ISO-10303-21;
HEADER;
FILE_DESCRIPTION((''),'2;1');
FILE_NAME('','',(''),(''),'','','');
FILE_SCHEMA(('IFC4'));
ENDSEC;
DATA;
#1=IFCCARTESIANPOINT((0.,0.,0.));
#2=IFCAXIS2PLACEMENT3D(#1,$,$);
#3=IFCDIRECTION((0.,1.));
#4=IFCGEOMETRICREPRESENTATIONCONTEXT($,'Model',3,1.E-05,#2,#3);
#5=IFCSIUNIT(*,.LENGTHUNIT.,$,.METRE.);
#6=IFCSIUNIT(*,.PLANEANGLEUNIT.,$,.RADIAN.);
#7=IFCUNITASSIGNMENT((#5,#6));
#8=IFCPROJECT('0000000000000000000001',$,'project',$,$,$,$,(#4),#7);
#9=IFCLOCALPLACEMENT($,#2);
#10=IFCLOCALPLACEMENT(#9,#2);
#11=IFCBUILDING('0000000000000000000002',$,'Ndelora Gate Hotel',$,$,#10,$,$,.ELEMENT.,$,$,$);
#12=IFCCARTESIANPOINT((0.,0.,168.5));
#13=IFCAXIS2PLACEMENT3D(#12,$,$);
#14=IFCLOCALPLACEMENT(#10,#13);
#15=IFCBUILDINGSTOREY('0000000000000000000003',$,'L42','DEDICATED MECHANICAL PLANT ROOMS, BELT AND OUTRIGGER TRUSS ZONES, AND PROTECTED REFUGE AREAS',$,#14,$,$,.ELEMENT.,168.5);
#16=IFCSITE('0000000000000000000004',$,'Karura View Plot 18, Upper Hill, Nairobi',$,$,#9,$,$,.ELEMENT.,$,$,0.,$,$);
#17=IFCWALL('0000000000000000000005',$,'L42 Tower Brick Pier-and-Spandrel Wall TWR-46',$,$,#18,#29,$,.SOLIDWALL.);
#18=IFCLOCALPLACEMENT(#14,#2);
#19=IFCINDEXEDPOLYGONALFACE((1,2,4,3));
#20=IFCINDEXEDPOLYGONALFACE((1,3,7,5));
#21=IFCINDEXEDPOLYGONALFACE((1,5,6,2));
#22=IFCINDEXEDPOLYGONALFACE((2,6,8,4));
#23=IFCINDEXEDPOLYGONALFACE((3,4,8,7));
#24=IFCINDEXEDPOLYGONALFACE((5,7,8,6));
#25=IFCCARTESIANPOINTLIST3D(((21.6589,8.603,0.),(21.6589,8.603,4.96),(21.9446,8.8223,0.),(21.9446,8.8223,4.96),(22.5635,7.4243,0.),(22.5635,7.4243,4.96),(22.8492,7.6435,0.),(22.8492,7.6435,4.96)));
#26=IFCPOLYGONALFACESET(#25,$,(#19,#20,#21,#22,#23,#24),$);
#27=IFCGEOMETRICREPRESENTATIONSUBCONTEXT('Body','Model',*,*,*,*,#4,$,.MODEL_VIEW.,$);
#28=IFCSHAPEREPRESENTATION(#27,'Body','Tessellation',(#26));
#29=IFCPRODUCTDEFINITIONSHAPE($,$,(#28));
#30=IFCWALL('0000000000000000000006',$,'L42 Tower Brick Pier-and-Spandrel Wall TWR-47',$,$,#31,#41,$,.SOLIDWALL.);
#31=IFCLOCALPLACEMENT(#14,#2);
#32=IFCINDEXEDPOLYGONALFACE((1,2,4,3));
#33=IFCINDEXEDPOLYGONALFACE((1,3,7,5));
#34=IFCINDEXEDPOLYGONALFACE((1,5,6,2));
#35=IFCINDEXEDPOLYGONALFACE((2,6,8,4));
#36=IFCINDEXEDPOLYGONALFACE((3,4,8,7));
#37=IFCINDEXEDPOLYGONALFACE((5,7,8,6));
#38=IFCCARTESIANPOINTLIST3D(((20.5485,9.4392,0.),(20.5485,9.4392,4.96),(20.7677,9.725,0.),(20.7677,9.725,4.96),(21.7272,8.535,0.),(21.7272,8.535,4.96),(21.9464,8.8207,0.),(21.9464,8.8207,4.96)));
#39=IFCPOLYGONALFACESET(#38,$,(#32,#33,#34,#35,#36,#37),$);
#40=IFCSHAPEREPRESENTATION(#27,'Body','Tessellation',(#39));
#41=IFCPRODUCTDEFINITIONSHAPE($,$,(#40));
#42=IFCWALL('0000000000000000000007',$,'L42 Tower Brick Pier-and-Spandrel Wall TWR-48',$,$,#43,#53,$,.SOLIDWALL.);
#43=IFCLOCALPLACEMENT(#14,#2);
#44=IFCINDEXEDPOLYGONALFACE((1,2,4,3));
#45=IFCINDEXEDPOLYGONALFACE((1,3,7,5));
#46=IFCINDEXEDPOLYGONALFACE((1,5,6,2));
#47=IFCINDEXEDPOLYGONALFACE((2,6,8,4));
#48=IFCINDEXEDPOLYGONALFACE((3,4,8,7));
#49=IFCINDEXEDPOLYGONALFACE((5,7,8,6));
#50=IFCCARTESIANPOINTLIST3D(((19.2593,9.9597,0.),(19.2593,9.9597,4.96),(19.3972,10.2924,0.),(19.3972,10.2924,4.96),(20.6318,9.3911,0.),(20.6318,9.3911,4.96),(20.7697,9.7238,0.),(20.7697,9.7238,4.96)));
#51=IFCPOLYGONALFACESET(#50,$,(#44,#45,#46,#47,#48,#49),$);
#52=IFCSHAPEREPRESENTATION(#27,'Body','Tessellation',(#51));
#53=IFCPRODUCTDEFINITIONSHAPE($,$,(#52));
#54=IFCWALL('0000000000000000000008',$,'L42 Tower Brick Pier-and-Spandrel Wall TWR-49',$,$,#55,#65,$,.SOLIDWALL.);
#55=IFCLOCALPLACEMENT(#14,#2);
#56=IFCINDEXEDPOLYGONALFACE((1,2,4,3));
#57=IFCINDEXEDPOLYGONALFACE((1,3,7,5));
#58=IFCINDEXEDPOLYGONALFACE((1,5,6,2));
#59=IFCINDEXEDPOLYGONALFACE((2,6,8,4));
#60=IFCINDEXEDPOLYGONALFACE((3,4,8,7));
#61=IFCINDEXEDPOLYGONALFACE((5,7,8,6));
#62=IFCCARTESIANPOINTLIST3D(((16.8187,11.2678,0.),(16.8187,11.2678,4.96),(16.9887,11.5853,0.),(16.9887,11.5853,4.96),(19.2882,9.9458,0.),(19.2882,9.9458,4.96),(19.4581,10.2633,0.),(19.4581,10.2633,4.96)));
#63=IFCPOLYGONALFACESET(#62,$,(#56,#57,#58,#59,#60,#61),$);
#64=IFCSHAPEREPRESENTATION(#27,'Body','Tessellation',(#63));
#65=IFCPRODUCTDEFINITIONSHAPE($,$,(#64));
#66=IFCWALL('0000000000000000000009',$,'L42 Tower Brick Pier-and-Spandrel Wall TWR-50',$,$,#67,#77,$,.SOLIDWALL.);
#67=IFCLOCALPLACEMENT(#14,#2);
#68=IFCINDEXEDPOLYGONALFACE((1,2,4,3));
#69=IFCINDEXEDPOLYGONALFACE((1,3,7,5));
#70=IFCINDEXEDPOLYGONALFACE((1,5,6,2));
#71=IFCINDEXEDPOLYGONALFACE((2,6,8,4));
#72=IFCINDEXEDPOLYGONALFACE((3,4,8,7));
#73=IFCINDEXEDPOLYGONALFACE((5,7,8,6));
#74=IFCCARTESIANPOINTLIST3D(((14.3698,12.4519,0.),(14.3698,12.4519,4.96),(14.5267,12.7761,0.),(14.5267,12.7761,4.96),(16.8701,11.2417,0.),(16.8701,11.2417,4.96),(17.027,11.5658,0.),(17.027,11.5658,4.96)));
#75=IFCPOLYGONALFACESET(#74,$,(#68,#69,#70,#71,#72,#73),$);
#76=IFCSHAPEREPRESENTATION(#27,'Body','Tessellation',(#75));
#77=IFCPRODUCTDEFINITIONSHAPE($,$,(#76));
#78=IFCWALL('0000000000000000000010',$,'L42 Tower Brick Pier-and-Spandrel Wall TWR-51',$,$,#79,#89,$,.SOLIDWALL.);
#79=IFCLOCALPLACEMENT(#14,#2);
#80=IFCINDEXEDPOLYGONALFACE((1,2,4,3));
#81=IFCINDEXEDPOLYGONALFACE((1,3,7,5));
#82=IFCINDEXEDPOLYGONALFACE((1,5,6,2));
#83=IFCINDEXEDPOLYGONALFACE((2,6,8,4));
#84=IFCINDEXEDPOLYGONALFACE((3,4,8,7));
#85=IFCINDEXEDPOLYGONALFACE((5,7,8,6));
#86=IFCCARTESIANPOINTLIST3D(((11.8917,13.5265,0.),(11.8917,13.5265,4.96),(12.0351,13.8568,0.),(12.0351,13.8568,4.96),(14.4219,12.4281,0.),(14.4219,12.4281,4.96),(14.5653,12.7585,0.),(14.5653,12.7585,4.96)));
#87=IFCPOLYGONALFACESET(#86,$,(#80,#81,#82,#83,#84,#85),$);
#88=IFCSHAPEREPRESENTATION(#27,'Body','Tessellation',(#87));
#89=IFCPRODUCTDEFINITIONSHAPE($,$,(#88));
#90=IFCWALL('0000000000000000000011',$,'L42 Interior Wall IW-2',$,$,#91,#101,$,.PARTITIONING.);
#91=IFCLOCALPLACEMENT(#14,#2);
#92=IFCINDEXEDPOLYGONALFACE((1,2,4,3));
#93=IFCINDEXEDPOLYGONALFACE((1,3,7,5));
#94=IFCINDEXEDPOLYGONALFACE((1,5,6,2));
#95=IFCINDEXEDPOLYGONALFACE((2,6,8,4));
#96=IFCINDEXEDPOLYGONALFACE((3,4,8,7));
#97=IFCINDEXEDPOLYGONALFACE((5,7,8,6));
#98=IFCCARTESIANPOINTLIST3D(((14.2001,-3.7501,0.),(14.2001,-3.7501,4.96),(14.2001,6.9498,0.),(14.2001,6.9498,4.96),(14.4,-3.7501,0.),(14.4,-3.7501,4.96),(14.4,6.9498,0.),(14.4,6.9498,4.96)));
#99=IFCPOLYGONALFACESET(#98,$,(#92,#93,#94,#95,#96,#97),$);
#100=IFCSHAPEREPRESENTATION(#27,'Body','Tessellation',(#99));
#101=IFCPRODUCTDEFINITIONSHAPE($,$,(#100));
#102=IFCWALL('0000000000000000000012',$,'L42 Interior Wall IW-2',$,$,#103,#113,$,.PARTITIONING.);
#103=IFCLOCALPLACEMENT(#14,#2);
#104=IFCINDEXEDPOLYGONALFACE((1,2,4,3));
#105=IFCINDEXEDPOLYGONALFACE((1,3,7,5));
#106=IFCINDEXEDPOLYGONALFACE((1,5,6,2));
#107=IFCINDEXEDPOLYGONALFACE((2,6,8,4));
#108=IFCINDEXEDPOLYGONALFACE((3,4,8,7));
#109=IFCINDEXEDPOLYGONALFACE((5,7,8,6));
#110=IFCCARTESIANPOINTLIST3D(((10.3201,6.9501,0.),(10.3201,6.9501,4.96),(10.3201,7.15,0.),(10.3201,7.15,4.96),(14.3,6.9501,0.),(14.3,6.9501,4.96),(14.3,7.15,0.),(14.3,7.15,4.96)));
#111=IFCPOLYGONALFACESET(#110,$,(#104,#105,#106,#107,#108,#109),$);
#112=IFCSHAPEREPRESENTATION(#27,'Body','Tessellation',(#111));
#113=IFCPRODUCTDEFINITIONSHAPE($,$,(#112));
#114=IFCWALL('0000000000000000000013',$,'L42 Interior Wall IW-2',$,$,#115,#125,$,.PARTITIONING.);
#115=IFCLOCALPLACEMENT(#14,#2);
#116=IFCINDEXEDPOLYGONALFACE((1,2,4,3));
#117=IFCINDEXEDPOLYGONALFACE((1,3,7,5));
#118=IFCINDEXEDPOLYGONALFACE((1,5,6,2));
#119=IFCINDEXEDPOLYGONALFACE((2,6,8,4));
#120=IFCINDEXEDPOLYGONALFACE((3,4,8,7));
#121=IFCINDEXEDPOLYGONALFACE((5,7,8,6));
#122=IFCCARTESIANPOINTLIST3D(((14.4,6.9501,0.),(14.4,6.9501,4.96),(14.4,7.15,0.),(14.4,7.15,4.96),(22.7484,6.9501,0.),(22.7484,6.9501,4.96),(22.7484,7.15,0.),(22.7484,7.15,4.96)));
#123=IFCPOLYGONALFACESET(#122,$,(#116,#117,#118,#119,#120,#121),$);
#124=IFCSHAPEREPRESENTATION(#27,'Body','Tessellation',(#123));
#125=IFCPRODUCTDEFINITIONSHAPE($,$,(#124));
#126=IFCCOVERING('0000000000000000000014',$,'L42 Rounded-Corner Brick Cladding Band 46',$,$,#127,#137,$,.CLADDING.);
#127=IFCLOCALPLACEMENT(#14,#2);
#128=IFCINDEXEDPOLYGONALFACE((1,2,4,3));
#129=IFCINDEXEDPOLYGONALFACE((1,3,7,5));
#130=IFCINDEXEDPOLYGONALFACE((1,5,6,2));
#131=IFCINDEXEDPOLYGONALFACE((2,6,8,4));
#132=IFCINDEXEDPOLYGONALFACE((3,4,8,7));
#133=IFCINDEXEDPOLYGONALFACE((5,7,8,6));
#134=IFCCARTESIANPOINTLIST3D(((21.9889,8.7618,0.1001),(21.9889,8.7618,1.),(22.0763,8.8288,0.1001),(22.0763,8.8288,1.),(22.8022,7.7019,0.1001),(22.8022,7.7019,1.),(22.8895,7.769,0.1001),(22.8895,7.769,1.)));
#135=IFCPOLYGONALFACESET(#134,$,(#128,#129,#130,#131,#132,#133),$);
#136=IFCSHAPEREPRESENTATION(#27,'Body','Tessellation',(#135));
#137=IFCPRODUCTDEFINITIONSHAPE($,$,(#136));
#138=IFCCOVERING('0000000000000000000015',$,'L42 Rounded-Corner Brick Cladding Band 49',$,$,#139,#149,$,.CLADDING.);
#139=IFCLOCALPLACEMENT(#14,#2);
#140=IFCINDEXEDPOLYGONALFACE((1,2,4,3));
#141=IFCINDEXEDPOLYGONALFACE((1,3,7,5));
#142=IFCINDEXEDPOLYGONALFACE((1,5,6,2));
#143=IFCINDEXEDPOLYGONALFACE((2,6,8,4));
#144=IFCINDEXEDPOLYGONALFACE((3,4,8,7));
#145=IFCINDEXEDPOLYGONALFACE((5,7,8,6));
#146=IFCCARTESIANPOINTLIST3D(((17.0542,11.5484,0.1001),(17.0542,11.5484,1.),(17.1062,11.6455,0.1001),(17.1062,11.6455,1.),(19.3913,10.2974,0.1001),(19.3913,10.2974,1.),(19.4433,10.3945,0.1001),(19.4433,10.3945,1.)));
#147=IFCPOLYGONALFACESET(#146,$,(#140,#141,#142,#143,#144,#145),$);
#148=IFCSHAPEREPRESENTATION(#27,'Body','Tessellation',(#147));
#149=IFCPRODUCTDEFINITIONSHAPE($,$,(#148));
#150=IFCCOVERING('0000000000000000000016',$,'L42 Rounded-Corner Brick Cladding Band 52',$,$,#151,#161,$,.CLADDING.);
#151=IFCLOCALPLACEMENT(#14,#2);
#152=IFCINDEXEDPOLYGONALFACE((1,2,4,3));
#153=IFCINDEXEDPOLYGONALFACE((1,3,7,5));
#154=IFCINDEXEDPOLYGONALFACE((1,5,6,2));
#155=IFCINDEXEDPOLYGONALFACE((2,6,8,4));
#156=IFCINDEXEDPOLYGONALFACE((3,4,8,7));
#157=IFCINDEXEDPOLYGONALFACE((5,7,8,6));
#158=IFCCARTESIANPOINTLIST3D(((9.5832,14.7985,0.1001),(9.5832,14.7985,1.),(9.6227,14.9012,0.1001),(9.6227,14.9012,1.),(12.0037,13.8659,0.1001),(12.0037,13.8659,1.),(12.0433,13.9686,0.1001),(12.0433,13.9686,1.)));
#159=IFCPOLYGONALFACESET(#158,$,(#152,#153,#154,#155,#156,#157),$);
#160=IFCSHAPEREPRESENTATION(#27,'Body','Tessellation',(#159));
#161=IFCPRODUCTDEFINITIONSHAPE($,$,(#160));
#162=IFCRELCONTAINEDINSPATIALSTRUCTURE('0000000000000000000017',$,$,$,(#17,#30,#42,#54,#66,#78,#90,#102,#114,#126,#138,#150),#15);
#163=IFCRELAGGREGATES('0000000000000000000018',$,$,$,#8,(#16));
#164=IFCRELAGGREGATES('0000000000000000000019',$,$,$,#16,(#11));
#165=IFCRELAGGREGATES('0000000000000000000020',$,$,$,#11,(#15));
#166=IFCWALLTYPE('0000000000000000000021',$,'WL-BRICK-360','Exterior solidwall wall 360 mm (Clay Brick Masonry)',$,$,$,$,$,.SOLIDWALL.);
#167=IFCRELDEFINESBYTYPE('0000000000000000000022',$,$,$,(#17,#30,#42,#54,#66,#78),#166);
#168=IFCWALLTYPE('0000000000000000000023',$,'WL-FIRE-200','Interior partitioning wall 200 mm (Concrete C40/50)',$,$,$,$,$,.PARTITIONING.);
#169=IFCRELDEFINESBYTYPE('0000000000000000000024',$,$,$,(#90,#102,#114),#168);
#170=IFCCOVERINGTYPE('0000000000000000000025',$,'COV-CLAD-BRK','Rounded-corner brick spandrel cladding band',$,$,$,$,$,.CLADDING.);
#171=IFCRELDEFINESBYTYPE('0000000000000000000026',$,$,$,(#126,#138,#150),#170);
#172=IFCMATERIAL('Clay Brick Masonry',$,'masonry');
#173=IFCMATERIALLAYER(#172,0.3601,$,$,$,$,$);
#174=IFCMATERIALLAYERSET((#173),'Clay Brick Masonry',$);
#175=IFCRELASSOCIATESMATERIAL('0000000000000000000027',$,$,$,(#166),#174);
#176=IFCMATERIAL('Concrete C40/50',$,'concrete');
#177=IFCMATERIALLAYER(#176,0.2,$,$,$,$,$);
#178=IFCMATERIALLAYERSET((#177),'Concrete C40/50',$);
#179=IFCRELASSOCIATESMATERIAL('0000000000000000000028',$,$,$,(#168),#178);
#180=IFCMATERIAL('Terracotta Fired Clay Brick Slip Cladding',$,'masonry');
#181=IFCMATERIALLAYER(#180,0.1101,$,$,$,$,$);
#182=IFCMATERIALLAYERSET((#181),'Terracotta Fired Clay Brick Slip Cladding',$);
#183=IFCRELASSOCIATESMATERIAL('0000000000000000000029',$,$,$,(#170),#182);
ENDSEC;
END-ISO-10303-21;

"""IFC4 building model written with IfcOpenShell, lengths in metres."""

from ifc_helpers import new_model, si_unit, direction, frame, frame_2d, origin, origin_2d, place, context, subcontext, project, spatial, rectangle, extrude, material, layer, layer_set, type_object, element, save


model = new_model("IFC4")

# Units and contexts
model_context = context("Model", 3, precision=1e-05, world=origin(), true_north=direction((0.0, 1.0)))
body_context = subcontext(model_context, "Body", "Model", "MODEL_VIEW")
ifc_project = project(units=[si_unit("LENGTHUNIT", "METRE"), si_unit("PLANEANGLEUNIT", "RADIAN")], contexts=[model_context])

# Site, building, storey
site_placement = place(None, origin())
site = spatial("IfcSite", under=ifc_project, at=site_placement, Name="Karura View Plot 18, Upper Hill, Nairobi", CompositionType="ELEMENT", RefElevation=0.0)
building_placement = place(site_placement, origin())
building = spatial("IfcBuilding", under=site, at=building_placement, Name="Ndelora Gate Hotel", CompositionType="ELEMENT")
storey_placement = place(building_placement, frame((0.0, 0.0, 168.5)))
storey = spatial("IfcBuildingStorey", under=building, at=storey_placement, Name="L42", Description="DEDICATED MECHANICAL PLANT ROOMS, BELT AND OUTRIGGER TRUSS ZONES, AND PROTECTED REFUGE AREAS", CompositionType="ELEMENT", Elevation=168.5)

# Walls
ifc_material_1 = material(Name="Clay Brick Masonry", Category="masonry")
ifc_layer_1 = layer(ifc_material_1, 0.3601)
ifc_layer_set_1 = layer_set([ifc_layer_1], Name="Clay Brick Masonry")
wall_type_1 = type_object("IfcWallType", Name="WL-BRICK-360", Description="Exterior solidwall wall 360 mm (Clay Brick Masonry)", PredefinedType="SOLIDWALL", material=ifc_layer_set_1)
for number, where, z_axis, x_axis, name in (
    (1, (21.8018, 8.7126, 0.0), (0.0, 0.0, 1.0), (0.608797, -0.793326, 0.0), "L42 Tower Brick Pier-and-Spandrel Wall TWR-46"),
):
    element("IfcWall", number, at=place(storey_placement, frame(where, z_axis=z_axis, x_axis=x_axis)), inside=storey, type_object=wall_type_1, Name=name, PredefinedType="SOLIDWALL", context=body_context, shape_type="SweptSolid", body=[
        extrude(rectangle(XDim=1.4858, YDim=0.3601, at=frame_2d((0.7429, 0.0))), origin(), (0.0, 0.0, 1.0), 4.96),
    ])
for number, where, z_axis, x_axis, name in (
    (2, (20.6582, 9.582, 0.0), (0.0, 0.0, 1.0), (0.793405, -0.608694, 0.0), "L42 Tower Brick Pier-and-Spandrel Wall TWR-47"),
    (3, (19.3284, 10.126, 0.0), (0.0, 0.0, 1.0), (0.923863, -0.382724, 0.0), "L42 Tower Brick Pier-and-Spandrel Wall TWR-48"),
):
    element("IfcWall", number, at=place(storey_placement, frame(where, z_axis=z_axis, x_axis=x_axis)), inside=storey, type_object=wall_type_1, Name=name, PredefinedType="SOLIDWALL", context=body_context, shape_type="SweptSolid", body=[
        extrude(rectangle(XDim=1.4856, YDim=0.3601, at=frame_2d((0.7427, 0.0))), origin(), (0.0, 0.0, 1.0), 4.96),
    ])
wall_1_placement = place(storey_placement, frame((16.9038, 11.4265, 0.0), z_axis=(0.0, 0.0, 1.0), x_axis=(0.881616, -0.471967, 0.0)))
element("IfcWall", 4, at=wall_1_placement, inside=storey, type_object=wall_type_1, Name="L42 Tower Brick Pier-and-Spandrel Wall TWR-49", PredefinedType="SOLIDWALL", context=body_context, shape_type="SweptSolid", body=[
    extrude(rectangle(XDim=2.801, YDim=0.3601, at=frame_2d((1.4004, 0.0))), origin(), (0.0, 0.0, 1.0), 4.96),
])
wall_2_placement = place(storey_placement, frame((14.4482, 12.614, 0.0), z_axis=(0.0, 0.0, 1.0), x_axis=(0.900101, -0.43568, 0.0)))
element("IfcWall", 5, at=wall_2_placement, inside=storey, type_object=wall_type_1, Name="L42 Tower Brick Pier-and-Spandrel Wall TWR-50", PredefinedType="SOLIDWALL", context=body_context, shape_type="SweptSolid", body=[
    extrude(rectangle(XDim=2.7778, YDim=0.3601, at=frame_2d((1.3889, 0.0))), origin(), (0.0, 0.0, 1.0), 4.96),
])
wall_3_placement = place(storey_placement, frame((11.9634, 13.6917, 0.0), z_axis=(0.0, 0.0, 1.0), x_axis=(0.917299, -0.398199, 0.0)))
element("IfcWall", 6, at=wall_3_placement, inside=storey, type_object=wall_type_1, Name="L42 Tower Brick Pier-and-Spandrel Wall TWR-51", PredefinedType="SOLIDWALL", context=body_context, shape_type="SweptSolid", body=[
    extrude(rectangle(XDim=2.7583, YDim=0.3601, at=frame_2d((1.3792, 0.0))), origin(), (0.0, 0.0, 1.0), 4.96),
])
ifc_material_2 = material(Name="Concrete C40/50", Category="concrete")
ifc_layer_2 = layer(ifc_material_2, 0.2)
ifc_layer_set_2 = layer_set([ifc_layer_2], Name="Concrete C40/50")
wall_type_2 = type_object("IfcWallType", Name="WL-FIRE-200", Description="Interior partitioning wall 200 mm (Concrete C40/50)", PredefinedType="PARTITIONING", material=ifc_layer_set_2)
wall_4_placement = place(storey_placement, frame((14.3, 6.95, 0.0), z_axis=(0.0, 0.0, 1.0), x_axis=(0.0, -1.0, 0.0)))
element("IfcWall", 7, at=wall_4_placement, inside=storey, type_object=wall_type_2, Name="L42 Interior Wall IW-2", PredefinedType="PARTITIONING", context=body_context, shape_type="SweptSolid", body=[
    extrude(rectangle(XDim=10.7, YDim=0.2, at=frame_2d((5.3501, 0.0))), origin(), (0.0, 0.0, 1.0), 4.96),
])
wall_5_placement = place(storey_placement, frame((14.3, 7.05, 0.0), z_axis=(0.0, 0.0, 1.0), x_axis=(-1.0, 0.0, 0.0)))
element("IfcWall", 8, at=wall_5_placement, inside=storey, type_object=wall_type_2, Name="L42 Interior Wall IW-2", PredefinedType="PARTITIONING", context=body_context, shape_type="SweptSolid", body=[
    extrude(rectangle(XDim=3.98, YDim=0.2, at=frame_2d((1.99, 0.0))), origin(), (0.0, 0.0, 1.0), 4.96),
])
wall_6_placement = place(storey_placement, frame((14.3999, 7.05, 0.0), z_axis=(0.0, 0.0, 1.0), x_axis=(1.0, 0.0, 0.0)))
element("IfcWall", 9, at=wall_6_placement, inside=storey, type_object=wall_type_2, Name="L42 Interior Wall IW-2", PredefinedType="PARTITIONING", context=body_context, shape_type="SweptSolid", body=[
    extrude(rectangle(XDim=8.3484, YDim=0.2, at=frame_2d((4.1743, 0.0))), origin(), (0.0, 0.0, 1.0), 4.96),
])

# Coverings
ifc_material_3 = material(Name="Terracotta Fired Clay Brick Slip Cladding", Category="masonry")
ifc_layer_3 = layer(ifc_material_3, 0.1101)
ifc_layer_set_3 = layer_set([ifc_layer_3], Name="Terracotta Fired Clay Brick Slip Cladding")
covering_type = type_object("IfcCoveringType", Name="COV-CLAD-BRK", Description="Rounded-corner brick spandrel cladding band", PredefinedType="CLADDING", material=ifc_layer_set_3)
covering_1_placement = place(storey_placement, frame((22.4392, 8.2654, 0.1001), z_axis=(0.0, 0.0, 1.0), x_axis=(-0.608761, 0.793353, 0.0)))
element("IfcCovering", 10, at=covering_1_placement, inside=storey, type_object=covering_type, Name="L42 Rounded-Corner Brick Cladding Band 46", PredefinedType="CLADDING", context=body_context, shape_type="SweptSolid", body=[
    extrude(rectangle(XDim=1.3359, YDim=0.1101, at=origin_2d()), origin(), (0.0, 0.0, 1.0), 0.8999),
])
covering_2_placement = place(storey_placement, frame((18.2488, 10.9714, 0.1001), z_axis=(0.0, 0.0, 1.0), x_axis=(-0.881633, 0.471935, 0.0)))
element("IfcCovering", 11, at=covering_2_placement, inside=storey, type_object=covering_type, Name="L42 Rounded-Corner Brick Cladding Band 49", PredefinedType="CLADDING", context=body_context, shape_type="SweptSolid", body=[
    extrude(rectangle(XDim=2.6509, YDim=0.1101, at=origin_2d()), origin(), (0.0, 0.0, 1.0), 0.8999),
])
covering_3_placement = place(storey_placement, frame((10.8132, 14.3835, 0.1001), z_axis=(0.0, 0.0, 1.0), x_axis=(-0.933142, 0.359508, 0.0)))
element("IfcCovering", 12, at=covering_3_placement, inside=storey, type_object=covering_type, Name="L42 Rounded-Corner Brick Cladding Band 52", PredefinedType="CLADDING", context=body_context, shape_type="SweptSolid", body=[
    extrude(rectangle(XDim=2.594, YDim=0.1101, at=origin_2d()), origin(), (0.0, 0.0, 1.0), 0.8999),
])

save(model, "model.ifc")
